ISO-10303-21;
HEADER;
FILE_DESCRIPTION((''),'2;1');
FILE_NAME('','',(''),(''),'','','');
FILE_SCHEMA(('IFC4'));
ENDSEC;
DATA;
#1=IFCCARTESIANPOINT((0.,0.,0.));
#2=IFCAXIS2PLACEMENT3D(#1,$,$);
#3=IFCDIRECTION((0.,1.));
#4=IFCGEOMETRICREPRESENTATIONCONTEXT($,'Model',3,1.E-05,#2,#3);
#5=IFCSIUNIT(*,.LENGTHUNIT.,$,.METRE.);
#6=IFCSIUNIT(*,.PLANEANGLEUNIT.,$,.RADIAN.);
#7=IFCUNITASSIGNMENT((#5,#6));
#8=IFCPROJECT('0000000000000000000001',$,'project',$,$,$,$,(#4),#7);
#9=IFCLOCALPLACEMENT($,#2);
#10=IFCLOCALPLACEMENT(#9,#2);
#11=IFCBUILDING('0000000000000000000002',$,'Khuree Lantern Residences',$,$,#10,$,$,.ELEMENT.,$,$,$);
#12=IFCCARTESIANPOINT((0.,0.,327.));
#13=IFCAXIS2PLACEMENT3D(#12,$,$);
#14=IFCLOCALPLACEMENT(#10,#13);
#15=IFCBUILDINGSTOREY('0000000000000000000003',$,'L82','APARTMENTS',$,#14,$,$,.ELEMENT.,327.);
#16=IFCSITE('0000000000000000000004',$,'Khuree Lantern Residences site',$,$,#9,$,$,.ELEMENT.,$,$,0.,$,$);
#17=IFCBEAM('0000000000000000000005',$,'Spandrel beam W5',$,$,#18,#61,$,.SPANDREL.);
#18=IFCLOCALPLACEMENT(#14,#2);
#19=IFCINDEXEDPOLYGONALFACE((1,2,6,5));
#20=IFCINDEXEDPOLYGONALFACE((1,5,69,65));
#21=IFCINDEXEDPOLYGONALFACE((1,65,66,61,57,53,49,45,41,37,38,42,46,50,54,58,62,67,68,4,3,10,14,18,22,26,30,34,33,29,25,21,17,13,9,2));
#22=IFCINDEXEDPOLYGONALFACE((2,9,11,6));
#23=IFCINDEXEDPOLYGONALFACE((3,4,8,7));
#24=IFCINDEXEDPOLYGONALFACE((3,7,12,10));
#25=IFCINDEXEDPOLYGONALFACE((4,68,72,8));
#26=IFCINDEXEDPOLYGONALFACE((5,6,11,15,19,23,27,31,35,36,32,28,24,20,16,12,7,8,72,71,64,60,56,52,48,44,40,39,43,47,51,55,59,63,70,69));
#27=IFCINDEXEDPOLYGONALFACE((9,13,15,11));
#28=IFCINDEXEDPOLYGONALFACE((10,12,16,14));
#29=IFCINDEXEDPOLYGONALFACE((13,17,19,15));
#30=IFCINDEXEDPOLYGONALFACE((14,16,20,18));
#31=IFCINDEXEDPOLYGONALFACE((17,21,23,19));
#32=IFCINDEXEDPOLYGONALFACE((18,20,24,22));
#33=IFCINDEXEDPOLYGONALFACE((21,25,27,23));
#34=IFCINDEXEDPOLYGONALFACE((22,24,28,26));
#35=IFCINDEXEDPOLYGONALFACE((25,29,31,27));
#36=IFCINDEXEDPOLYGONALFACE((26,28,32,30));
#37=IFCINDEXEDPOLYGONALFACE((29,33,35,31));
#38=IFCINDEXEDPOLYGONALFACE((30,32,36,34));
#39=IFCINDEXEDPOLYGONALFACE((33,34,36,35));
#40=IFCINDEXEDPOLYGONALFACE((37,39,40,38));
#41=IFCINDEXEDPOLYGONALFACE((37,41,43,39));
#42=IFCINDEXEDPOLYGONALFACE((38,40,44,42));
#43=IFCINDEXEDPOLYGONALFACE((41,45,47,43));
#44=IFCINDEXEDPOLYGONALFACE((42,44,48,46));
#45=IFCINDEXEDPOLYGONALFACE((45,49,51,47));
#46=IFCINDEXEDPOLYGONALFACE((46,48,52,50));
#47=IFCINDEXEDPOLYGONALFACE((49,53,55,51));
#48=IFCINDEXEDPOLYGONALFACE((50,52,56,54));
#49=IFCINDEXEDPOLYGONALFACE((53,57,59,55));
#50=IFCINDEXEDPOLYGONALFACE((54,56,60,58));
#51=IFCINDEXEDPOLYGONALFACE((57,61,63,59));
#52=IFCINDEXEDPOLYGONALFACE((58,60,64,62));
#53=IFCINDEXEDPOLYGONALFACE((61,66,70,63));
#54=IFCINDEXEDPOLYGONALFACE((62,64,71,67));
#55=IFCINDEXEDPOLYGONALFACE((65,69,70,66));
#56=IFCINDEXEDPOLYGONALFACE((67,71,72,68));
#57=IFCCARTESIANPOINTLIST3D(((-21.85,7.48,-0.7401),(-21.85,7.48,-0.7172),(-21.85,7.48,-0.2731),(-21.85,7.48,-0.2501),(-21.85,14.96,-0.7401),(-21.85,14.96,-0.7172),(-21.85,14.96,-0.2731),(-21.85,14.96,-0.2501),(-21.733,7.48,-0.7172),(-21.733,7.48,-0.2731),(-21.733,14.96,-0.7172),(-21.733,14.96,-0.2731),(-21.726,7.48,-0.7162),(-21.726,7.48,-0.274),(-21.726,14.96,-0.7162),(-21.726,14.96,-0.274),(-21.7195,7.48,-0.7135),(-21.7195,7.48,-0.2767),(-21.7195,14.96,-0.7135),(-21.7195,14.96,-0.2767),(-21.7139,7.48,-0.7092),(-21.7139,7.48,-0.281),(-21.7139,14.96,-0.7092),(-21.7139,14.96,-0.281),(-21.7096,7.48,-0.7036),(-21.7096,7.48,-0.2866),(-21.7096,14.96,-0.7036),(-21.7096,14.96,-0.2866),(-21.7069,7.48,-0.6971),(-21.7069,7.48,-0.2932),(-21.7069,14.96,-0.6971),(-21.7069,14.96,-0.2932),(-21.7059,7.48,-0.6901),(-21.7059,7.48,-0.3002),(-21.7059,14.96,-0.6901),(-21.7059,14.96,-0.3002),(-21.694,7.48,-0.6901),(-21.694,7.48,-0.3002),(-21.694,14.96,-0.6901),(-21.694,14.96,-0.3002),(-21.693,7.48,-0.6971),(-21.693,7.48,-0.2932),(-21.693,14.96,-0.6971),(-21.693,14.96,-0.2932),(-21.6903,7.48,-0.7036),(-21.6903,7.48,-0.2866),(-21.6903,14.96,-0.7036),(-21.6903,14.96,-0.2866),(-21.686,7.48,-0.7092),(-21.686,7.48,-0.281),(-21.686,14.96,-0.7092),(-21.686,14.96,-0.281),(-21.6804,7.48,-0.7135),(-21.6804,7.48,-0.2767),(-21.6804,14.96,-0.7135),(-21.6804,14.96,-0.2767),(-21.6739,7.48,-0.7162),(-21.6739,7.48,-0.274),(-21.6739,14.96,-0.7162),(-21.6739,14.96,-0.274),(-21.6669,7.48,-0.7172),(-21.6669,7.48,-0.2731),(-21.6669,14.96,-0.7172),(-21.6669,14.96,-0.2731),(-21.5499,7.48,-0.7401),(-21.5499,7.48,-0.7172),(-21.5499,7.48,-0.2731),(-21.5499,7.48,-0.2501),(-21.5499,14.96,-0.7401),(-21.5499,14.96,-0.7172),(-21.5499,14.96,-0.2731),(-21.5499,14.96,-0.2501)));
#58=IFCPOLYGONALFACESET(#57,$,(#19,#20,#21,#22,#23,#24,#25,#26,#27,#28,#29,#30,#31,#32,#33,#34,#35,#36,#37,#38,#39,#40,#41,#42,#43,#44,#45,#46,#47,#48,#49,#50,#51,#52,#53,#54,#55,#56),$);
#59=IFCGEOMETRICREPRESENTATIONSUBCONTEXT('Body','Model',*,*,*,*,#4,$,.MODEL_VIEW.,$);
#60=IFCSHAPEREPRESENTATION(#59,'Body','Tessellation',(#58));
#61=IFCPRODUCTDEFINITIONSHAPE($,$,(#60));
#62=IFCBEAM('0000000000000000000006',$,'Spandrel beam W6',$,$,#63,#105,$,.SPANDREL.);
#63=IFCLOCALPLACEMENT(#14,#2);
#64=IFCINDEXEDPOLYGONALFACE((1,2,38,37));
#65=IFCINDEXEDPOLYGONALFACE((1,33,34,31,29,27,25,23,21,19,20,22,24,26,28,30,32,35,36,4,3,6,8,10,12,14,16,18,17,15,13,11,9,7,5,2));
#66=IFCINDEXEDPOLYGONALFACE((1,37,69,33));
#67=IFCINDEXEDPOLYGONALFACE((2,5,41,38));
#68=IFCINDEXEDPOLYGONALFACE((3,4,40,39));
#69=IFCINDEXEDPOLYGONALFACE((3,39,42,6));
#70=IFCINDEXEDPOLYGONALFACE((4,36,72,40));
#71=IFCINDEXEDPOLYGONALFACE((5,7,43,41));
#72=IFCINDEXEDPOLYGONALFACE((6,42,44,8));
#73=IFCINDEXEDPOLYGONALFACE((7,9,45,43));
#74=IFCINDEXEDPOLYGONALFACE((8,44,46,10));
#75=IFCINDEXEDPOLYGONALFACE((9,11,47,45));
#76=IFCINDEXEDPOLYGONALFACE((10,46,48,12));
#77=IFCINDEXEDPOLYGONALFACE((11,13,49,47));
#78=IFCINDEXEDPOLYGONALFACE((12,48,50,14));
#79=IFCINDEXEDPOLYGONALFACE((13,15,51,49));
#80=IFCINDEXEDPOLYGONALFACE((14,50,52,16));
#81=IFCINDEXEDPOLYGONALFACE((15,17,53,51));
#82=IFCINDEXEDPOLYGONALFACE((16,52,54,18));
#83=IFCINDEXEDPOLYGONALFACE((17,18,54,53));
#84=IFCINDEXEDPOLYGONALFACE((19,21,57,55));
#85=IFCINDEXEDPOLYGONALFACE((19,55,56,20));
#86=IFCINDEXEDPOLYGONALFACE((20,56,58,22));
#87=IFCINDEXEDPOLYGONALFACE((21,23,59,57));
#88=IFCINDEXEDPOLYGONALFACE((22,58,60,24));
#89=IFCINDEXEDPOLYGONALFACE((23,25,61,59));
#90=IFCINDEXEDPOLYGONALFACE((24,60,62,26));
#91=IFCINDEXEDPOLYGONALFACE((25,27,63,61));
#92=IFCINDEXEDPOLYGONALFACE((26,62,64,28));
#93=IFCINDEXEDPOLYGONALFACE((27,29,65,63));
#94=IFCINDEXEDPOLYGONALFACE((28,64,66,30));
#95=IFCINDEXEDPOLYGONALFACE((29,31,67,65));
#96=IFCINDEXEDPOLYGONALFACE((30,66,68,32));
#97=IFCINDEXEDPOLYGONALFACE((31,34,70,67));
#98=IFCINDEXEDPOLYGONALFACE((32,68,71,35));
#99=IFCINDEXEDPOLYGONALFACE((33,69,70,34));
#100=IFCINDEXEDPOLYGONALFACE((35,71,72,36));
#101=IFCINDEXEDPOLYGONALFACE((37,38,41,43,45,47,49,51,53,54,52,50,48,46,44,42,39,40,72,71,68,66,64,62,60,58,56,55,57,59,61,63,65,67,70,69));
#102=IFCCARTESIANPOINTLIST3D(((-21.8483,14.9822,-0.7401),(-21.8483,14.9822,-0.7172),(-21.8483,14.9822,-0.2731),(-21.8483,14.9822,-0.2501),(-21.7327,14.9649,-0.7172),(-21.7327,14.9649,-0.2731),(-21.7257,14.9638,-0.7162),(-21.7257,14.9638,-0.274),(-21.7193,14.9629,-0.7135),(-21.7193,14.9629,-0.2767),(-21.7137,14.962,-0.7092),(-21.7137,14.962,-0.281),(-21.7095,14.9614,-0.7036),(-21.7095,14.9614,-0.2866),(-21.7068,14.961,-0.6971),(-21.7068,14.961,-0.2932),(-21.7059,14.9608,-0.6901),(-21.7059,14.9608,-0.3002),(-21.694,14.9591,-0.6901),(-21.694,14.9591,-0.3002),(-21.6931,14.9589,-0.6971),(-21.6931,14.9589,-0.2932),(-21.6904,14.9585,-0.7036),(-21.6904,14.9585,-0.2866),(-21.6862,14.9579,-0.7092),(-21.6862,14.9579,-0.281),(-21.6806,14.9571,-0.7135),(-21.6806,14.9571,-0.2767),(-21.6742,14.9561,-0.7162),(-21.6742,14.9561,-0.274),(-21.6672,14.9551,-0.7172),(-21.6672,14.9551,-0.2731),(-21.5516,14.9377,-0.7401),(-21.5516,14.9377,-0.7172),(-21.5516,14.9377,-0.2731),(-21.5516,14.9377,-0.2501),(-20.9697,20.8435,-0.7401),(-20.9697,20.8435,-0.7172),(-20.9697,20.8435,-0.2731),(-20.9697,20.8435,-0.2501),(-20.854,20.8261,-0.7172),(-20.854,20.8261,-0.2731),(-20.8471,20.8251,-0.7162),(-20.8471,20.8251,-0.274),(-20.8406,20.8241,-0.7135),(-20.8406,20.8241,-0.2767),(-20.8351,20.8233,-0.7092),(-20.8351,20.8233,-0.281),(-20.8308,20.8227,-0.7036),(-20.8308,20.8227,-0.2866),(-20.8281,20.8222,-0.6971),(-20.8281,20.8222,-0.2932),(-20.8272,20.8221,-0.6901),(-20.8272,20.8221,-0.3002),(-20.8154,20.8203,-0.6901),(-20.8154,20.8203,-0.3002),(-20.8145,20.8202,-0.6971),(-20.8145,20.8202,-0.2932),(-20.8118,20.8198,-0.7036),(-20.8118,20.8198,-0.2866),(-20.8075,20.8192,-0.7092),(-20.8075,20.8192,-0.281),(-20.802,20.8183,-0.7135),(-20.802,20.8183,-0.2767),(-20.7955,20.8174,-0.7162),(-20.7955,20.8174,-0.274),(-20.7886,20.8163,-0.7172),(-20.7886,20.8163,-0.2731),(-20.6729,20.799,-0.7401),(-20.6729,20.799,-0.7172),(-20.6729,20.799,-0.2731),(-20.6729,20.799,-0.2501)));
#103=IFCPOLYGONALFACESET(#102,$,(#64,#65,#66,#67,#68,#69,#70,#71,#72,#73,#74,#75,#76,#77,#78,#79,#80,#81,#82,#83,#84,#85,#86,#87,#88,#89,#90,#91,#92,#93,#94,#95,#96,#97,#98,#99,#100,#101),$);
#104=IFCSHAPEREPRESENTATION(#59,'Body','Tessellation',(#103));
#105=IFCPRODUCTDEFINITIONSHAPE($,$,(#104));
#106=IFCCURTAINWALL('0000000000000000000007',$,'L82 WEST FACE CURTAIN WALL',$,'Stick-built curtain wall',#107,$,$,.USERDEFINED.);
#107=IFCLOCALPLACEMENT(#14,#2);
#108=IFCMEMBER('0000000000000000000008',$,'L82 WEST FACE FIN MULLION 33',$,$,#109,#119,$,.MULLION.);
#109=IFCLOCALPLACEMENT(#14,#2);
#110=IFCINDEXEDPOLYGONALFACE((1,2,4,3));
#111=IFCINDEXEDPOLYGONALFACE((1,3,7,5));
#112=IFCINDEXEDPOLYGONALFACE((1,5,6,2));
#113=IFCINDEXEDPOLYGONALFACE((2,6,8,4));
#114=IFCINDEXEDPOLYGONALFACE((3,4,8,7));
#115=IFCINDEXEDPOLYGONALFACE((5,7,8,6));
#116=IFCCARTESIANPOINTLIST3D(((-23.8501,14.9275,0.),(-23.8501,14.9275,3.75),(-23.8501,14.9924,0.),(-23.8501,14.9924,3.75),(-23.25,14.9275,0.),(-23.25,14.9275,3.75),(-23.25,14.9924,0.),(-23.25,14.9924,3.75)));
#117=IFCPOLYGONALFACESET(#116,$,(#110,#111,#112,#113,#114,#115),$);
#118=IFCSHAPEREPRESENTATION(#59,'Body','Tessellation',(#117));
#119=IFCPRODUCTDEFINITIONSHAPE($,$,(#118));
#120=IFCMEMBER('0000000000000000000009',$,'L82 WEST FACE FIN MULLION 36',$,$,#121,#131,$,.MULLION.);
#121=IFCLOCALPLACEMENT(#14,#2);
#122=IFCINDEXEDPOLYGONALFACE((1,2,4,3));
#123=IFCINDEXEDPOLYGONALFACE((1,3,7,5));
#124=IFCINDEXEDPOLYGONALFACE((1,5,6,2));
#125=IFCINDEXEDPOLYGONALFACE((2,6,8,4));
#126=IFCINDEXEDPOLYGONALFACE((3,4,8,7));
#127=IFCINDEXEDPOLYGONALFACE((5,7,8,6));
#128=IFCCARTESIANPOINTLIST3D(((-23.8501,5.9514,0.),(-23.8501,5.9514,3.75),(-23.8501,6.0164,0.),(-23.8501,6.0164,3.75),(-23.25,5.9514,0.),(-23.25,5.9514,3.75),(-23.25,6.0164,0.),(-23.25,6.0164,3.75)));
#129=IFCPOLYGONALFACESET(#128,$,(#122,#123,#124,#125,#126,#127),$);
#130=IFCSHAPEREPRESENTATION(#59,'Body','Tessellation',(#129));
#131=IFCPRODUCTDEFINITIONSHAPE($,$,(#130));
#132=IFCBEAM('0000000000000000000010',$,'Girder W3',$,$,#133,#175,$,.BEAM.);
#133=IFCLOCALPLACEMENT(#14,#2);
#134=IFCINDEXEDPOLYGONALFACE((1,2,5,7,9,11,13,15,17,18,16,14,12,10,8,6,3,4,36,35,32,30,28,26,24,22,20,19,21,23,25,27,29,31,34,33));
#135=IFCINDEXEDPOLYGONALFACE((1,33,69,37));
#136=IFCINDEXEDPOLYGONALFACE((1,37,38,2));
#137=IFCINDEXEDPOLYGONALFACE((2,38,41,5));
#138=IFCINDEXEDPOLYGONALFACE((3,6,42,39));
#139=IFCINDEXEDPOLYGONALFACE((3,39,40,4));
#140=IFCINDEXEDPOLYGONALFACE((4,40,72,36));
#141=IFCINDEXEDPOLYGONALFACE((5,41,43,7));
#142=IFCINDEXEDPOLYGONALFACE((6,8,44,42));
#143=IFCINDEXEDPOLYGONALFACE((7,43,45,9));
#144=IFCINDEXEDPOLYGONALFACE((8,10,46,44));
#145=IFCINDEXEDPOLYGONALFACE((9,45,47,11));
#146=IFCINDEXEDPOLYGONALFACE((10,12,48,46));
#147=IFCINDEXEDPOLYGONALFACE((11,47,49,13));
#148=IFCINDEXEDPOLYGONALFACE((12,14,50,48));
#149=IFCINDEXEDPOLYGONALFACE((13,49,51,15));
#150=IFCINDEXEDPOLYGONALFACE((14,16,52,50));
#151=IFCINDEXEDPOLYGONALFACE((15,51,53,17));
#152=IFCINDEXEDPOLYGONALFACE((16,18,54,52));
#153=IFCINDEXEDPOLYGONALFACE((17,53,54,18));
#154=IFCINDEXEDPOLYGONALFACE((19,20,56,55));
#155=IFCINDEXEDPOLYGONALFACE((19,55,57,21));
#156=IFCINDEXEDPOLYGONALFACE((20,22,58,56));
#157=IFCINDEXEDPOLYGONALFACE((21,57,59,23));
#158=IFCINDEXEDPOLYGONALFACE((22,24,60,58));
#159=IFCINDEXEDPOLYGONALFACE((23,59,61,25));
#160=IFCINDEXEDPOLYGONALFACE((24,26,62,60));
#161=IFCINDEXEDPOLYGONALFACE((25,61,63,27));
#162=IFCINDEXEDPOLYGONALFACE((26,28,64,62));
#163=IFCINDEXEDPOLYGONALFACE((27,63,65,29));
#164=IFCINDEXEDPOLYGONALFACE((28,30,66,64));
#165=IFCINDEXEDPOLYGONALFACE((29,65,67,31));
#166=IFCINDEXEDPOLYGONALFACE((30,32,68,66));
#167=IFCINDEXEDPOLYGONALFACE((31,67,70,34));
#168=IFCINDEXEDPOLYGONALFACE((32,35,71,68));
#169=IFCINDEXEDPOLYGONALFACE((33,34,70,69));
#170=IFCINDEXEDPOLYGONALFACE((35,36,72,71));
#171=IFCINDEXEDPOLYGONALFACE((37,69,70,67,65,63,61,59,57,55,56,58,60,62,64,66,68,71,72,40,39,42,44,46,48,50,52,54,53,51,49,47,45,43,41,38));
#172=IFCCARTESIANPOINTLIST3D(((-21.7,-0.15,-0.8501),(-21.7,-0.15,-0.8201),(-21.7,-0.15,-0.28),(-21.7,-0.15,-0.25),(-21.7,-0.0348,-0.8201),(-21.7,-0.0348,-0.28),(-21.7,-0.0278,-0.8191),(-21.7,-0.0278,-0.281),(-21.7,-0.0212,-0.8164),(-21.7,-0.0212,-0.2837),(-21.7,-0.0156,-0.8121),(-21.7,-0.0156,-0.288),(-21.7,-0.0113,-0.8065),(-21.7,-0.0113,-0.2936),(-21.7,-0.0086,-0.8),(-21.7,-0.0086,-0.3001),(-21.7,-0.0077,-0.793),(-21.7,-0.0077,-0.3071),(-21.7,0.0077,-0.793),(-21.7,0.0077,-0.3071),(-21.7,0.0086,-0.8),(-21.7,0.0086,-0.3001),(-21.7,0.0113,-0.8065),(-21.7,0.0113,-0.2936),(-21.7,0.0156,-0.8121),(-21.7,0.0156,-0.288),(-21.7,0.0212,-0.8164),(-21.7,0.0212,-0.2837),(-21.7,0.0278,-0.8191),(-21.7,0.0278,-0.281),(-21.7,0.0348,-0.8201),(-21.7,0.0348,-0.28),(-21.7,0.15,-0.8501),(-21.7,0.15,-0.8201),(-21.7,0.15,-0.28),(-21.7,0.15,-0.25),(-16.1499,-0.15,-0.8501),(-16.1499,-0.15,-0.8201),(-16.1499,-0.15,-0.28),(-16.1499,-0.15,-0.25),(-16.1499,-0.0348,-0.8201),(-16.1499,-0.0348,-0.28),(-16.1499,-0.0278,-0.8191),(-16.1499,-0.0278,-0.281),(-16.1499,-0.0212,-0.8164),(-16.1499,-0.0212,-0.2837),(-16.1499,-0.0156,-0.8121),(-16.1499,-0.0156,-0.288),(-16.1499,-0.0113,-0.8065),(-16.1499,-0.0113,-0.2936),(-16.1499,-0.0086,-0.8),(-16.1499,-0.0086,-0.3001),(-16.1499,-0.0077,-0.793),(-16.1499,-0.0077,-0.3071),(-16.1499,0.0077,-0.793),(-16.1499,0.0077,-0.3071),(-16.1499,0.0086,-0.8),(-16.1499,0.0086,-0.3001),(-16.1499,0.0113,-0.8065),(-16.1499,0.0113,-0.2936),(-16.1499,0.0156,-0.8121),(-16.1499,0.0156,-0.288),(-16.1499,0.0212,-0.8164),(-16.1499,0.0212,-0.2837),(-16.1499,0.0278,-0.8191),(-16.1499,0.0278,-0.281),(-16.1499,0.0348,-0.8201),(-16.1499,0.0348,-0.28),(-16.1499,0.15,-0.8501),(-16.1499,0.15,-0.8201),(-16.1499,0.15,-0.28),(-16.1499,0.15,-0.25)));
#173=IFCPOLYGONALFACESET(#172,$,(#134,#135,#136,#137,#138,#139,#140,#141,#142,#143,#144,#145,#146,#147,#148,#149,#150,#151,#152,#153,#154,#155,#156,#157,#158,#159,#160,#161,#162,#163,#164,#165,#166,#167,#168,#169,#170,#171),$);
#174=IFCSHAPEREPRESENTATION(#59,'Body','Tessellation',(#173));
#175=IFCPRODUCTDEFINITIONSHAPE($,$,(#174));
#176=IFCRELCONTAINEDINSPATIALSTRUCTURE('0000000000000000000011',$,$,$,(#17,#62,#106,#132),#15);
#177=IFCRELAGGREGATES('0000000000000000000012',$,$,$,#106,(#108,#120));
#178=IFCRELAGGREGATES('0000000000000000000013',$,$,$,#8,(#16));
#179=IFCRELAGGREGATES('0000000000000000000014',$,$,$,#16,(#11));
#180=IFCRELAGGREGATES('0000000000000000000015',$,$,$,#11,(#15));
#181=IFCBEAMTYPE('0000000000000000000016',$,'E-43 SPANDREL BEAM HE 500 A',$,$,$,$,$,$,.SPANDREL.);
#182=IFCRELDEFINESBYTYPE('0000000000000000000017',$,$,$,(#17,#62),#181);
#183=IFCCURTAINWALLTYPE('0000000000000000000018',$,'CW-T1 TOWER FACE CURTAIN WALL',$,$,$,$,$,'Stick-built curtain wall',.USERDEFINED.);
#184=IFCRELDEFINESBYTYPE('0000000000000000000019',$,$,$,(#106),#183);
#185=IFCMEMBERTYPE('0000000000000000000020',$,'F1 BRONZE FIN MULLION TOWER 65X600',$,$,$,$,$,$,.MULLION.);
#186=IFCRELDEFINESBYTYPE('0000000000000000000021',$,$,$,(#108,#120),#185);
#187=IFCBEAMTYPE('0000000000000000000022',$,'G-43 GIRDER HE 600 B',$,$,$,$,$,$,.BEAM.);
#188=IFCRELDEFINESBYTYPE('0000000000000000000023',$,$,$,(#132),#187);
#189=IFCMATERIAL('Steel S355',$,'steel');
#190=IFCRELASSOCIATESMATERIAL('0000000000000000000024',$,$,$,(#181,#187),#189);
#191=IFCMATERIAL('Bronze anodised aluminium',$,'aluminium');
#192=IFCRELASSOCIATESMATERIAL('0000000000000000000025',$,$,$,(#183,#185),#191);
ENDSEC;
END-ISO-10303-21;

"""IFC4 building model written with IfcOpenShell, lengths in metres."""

from ifc_helpers import new_model, si_unit, direction, frame, origin, origin_2d, place, context, subcontext, project, spatial, rectangle, i_section, extrude, material, material_profile, profile_set, type_object, element, aggregate, save


model = new_model("IFC4")

# Units and contexts
model_context = context("Model", 3, precision=1e-05, world=origin(), true_north=direction((0.0, 1.0)))
body_context = subcontext(model_context, "Body", "Model", "MODEL_VIEW")
ifc_project = project(units=[si_unit("LENGTHUNIT", "METRE"), si_unit("PLANEANGLEUNIT", "RADIAN")], contexts=[model_context])

# Site, building, storey
site_placement = place(None, origin())
site = spatial("IfcSite", under=ifc_project, at=site_placement, Name="Khuree Lantern Residences site", CompositionType="ELEMENT", RefElevation=0.0)
building_placement = place(site_placement, origin())
building = spatial("IfcBuilding", under=site, at=building_placement, Name="Khuree Lantern Residences", CompositionType="ELEMENT")
storey_placement = place(building_placement, frame((0.0, 0.0, 327.0)))
storey = spatial("IfcBuildingStorey", under=building, at=storey_placement, Name="L82", Description="APARTMENTS", CompositionType="ELEMENT", Elevation=327.0)

# Beams
ifc_material_1 = material(Name="Steel S355", Category="steel")
ifc_material_profile_1 = material_profile(ifc_material_1, i_section(OverallWidth=0.3, OverallDepth=0.49, WebThickness=0.012, FlangeThickness=0.0229, FilletRadius=0.0271, at=origin_2d()), Name="HE 500 A")
ifc_profile_set_1 = profile_set([ifc_material_profile_1], Name="Steel S355")
beam_type_1 = type_object("IfcBeamType", Name="E-43 SPANDREL BEAM HE 500 A", PredefinedType="SPANDREL", material=ifc_profile_set_1)
for number, where, z_axis, x_axis, name in (
    (1, (-21.7, 7.48, -0.4951), (0.0, 1.0, 0.0), (-1.0, 0.0, 0.0), "Spandrel beam W5"),
):
    element("IfcBeam", number, at=place(storey_placement, frame(where, z_axis=z_axis, x_axis=x_axis)), inside=storey, type_object=beam_type_1, Name=name, PredefinedType="SPANDREL", context=body_context, shape_type="SweptSolid", body=[
        extrude(i_section(OverallWidth=0.3, OverallDepth=0.49, WebThickness=0.012, FlangeThickness=0.0229, FilletRadius=0.0271, at=origin_2d()), origin(), (0.0, 0.0, 1.0), 7.48),
    ])
beam_1_placement = place(storey_placement, frame((-21.7, 14.96, -0.4951), z_axis=(0.148252, 0.98895, 0.0), x_axis=(-0.98895, 0.148252, 0.0)))
element("IfcBeam", 2, at=beam_1_placement, inside=storey, type_object=beam_type_1, Name="Spandrel beam W6", PredefinedType="SPANDREL", context=body_context, shape_type="SweptSolid", body=[
    extrude(i_section(OverallWidth=0.3, OverallDepth=0.49, WebThickness=0.012, FlangeThickness=0.0229, FilletRadius=0.0271, at=origin_2d()), origin(), (0.0, 0.0, 1.0), 5.9268),
])

# Curtain wall, members
ifc_material_2 = material(Name="Bronze anodised aluminium", Category="aluminium")
curtain_wall_type = type_object("IfcCurtainWallType", Name="CW-T1 TOWER FACE CURTAIN WALL", ElementType="Stick-built curtain wall", PredefinedType="USERDEFINED", material=ifc_material_2)
curtain_wall_placement = place(storey_placement, origin())
curtain_wall = element("IfcCurtainWall", 3, at=curtain_wall_placement, inside=storey, type_object=curtain_wall_type, Name="L82 WEST FACE CURTAIN WALL", ObjectType="Stick-built curtain wall", PredefinedType="USERDEFINED")
ifc_material_profile_2 = material_profile(ifc_material_2, rectangle(XDim=0.0649, YDim=0.6001, at=origin_2d()), Name="F1 65X600")
ifc_profile_set_2 = profile_set([ifc_material_profile_2], Name="Bronze anodised aluminium")
member_type_1 = type_object("IfcMemberType", Name="F1 BRONZE FIN MULLION TOWER 65X600", PredefinedType="MULLION", material=ifc_profile_set_2)
member_1_placement = place(storey_placement, frame((-23.55, 14.96, 0.0), z_axis=(0.0, 0.0, 1.0), x_axis=(0.0, -1.0, 0.0)))
member_1 = element("IfcMember", 4, at=member_1_placement, type_object=member_type_1, Name="L82 WEST FACE FIN MULLION 33", PredefinedType="MULLION", context=body_context, shape_type="SweptSolid", body=[
    extrude(rectangle(XDim=0.0649, YDim=0.6001, at=origin_2d()), origin(), (0.0, 0.0, 1.0), 3.75),
])
member_2_placement = place(storey_placement, frame((-23.55, 5.9839, 0.0), z_axis=(0.0, 0.0, 1.0), x_axis=(0.0, -1.0, 0.0)))
member_2 = element("IfcMember", 5, at=member_2_placement, type_object=member_type_1, Name="L82 WEST FACE FIN MULLION 36", PredefinedType="MULLION", context=body_context, shape_type="SweptSolid", body=[
    extrude(rectangle(XDim=0.0649, YDim=0.6001, at=origin_2d()), origin(), (0.0, 0.0, 1.0), 3.75),
])

# Beam
ifc_material_profile_3 = material_profile(ifc_material_1, i_section(OverallWidth=0.3, OverallDepth=0.6001, WebThickness=0.0154, FlangeThickness=0.03, FilletRadius=0.0271, at=origin_2d()), Name="HE 600 B")
ifc_profile_set_3 = profile_set([ifc_material_profile_3], Name="Steel S355")
beam_type_2 = type_object("IfcBeamType", Name="G-43 GIRDER HE 600 B", PredefinedType="BEAM", material=ifc_profile_set_3)
for number, where, z_axis, x_axis, name in (
    (6, (-21.7, 0.0, -0.55), (1.0, 0.0, 0.0), (0.0, 1.0, 0.0), "Girder W3"),
):
    element("IfcBeam", number, at=place(storey_placement, frame(where, z_axis=z_axis, x_axis=x_axis)), inside=storey, type_object=beam_type_2, Name=name, PredefinedType="BEAM", context=body_context, shape_type="SweptSolid", body=[
        extrude(i_section(OverallWidth=0.3, OverallDepth=0.6001, WebThickness=0.0154, FlangeThickness=0.03, FilletRadius=0.0271, at=origin_2d()), origin(), (0.0, 0.0, 1.0), 5.55),
    ])

aggregate(curtain_wall, [member_1, member_2])

save(model, "model.ifc")
